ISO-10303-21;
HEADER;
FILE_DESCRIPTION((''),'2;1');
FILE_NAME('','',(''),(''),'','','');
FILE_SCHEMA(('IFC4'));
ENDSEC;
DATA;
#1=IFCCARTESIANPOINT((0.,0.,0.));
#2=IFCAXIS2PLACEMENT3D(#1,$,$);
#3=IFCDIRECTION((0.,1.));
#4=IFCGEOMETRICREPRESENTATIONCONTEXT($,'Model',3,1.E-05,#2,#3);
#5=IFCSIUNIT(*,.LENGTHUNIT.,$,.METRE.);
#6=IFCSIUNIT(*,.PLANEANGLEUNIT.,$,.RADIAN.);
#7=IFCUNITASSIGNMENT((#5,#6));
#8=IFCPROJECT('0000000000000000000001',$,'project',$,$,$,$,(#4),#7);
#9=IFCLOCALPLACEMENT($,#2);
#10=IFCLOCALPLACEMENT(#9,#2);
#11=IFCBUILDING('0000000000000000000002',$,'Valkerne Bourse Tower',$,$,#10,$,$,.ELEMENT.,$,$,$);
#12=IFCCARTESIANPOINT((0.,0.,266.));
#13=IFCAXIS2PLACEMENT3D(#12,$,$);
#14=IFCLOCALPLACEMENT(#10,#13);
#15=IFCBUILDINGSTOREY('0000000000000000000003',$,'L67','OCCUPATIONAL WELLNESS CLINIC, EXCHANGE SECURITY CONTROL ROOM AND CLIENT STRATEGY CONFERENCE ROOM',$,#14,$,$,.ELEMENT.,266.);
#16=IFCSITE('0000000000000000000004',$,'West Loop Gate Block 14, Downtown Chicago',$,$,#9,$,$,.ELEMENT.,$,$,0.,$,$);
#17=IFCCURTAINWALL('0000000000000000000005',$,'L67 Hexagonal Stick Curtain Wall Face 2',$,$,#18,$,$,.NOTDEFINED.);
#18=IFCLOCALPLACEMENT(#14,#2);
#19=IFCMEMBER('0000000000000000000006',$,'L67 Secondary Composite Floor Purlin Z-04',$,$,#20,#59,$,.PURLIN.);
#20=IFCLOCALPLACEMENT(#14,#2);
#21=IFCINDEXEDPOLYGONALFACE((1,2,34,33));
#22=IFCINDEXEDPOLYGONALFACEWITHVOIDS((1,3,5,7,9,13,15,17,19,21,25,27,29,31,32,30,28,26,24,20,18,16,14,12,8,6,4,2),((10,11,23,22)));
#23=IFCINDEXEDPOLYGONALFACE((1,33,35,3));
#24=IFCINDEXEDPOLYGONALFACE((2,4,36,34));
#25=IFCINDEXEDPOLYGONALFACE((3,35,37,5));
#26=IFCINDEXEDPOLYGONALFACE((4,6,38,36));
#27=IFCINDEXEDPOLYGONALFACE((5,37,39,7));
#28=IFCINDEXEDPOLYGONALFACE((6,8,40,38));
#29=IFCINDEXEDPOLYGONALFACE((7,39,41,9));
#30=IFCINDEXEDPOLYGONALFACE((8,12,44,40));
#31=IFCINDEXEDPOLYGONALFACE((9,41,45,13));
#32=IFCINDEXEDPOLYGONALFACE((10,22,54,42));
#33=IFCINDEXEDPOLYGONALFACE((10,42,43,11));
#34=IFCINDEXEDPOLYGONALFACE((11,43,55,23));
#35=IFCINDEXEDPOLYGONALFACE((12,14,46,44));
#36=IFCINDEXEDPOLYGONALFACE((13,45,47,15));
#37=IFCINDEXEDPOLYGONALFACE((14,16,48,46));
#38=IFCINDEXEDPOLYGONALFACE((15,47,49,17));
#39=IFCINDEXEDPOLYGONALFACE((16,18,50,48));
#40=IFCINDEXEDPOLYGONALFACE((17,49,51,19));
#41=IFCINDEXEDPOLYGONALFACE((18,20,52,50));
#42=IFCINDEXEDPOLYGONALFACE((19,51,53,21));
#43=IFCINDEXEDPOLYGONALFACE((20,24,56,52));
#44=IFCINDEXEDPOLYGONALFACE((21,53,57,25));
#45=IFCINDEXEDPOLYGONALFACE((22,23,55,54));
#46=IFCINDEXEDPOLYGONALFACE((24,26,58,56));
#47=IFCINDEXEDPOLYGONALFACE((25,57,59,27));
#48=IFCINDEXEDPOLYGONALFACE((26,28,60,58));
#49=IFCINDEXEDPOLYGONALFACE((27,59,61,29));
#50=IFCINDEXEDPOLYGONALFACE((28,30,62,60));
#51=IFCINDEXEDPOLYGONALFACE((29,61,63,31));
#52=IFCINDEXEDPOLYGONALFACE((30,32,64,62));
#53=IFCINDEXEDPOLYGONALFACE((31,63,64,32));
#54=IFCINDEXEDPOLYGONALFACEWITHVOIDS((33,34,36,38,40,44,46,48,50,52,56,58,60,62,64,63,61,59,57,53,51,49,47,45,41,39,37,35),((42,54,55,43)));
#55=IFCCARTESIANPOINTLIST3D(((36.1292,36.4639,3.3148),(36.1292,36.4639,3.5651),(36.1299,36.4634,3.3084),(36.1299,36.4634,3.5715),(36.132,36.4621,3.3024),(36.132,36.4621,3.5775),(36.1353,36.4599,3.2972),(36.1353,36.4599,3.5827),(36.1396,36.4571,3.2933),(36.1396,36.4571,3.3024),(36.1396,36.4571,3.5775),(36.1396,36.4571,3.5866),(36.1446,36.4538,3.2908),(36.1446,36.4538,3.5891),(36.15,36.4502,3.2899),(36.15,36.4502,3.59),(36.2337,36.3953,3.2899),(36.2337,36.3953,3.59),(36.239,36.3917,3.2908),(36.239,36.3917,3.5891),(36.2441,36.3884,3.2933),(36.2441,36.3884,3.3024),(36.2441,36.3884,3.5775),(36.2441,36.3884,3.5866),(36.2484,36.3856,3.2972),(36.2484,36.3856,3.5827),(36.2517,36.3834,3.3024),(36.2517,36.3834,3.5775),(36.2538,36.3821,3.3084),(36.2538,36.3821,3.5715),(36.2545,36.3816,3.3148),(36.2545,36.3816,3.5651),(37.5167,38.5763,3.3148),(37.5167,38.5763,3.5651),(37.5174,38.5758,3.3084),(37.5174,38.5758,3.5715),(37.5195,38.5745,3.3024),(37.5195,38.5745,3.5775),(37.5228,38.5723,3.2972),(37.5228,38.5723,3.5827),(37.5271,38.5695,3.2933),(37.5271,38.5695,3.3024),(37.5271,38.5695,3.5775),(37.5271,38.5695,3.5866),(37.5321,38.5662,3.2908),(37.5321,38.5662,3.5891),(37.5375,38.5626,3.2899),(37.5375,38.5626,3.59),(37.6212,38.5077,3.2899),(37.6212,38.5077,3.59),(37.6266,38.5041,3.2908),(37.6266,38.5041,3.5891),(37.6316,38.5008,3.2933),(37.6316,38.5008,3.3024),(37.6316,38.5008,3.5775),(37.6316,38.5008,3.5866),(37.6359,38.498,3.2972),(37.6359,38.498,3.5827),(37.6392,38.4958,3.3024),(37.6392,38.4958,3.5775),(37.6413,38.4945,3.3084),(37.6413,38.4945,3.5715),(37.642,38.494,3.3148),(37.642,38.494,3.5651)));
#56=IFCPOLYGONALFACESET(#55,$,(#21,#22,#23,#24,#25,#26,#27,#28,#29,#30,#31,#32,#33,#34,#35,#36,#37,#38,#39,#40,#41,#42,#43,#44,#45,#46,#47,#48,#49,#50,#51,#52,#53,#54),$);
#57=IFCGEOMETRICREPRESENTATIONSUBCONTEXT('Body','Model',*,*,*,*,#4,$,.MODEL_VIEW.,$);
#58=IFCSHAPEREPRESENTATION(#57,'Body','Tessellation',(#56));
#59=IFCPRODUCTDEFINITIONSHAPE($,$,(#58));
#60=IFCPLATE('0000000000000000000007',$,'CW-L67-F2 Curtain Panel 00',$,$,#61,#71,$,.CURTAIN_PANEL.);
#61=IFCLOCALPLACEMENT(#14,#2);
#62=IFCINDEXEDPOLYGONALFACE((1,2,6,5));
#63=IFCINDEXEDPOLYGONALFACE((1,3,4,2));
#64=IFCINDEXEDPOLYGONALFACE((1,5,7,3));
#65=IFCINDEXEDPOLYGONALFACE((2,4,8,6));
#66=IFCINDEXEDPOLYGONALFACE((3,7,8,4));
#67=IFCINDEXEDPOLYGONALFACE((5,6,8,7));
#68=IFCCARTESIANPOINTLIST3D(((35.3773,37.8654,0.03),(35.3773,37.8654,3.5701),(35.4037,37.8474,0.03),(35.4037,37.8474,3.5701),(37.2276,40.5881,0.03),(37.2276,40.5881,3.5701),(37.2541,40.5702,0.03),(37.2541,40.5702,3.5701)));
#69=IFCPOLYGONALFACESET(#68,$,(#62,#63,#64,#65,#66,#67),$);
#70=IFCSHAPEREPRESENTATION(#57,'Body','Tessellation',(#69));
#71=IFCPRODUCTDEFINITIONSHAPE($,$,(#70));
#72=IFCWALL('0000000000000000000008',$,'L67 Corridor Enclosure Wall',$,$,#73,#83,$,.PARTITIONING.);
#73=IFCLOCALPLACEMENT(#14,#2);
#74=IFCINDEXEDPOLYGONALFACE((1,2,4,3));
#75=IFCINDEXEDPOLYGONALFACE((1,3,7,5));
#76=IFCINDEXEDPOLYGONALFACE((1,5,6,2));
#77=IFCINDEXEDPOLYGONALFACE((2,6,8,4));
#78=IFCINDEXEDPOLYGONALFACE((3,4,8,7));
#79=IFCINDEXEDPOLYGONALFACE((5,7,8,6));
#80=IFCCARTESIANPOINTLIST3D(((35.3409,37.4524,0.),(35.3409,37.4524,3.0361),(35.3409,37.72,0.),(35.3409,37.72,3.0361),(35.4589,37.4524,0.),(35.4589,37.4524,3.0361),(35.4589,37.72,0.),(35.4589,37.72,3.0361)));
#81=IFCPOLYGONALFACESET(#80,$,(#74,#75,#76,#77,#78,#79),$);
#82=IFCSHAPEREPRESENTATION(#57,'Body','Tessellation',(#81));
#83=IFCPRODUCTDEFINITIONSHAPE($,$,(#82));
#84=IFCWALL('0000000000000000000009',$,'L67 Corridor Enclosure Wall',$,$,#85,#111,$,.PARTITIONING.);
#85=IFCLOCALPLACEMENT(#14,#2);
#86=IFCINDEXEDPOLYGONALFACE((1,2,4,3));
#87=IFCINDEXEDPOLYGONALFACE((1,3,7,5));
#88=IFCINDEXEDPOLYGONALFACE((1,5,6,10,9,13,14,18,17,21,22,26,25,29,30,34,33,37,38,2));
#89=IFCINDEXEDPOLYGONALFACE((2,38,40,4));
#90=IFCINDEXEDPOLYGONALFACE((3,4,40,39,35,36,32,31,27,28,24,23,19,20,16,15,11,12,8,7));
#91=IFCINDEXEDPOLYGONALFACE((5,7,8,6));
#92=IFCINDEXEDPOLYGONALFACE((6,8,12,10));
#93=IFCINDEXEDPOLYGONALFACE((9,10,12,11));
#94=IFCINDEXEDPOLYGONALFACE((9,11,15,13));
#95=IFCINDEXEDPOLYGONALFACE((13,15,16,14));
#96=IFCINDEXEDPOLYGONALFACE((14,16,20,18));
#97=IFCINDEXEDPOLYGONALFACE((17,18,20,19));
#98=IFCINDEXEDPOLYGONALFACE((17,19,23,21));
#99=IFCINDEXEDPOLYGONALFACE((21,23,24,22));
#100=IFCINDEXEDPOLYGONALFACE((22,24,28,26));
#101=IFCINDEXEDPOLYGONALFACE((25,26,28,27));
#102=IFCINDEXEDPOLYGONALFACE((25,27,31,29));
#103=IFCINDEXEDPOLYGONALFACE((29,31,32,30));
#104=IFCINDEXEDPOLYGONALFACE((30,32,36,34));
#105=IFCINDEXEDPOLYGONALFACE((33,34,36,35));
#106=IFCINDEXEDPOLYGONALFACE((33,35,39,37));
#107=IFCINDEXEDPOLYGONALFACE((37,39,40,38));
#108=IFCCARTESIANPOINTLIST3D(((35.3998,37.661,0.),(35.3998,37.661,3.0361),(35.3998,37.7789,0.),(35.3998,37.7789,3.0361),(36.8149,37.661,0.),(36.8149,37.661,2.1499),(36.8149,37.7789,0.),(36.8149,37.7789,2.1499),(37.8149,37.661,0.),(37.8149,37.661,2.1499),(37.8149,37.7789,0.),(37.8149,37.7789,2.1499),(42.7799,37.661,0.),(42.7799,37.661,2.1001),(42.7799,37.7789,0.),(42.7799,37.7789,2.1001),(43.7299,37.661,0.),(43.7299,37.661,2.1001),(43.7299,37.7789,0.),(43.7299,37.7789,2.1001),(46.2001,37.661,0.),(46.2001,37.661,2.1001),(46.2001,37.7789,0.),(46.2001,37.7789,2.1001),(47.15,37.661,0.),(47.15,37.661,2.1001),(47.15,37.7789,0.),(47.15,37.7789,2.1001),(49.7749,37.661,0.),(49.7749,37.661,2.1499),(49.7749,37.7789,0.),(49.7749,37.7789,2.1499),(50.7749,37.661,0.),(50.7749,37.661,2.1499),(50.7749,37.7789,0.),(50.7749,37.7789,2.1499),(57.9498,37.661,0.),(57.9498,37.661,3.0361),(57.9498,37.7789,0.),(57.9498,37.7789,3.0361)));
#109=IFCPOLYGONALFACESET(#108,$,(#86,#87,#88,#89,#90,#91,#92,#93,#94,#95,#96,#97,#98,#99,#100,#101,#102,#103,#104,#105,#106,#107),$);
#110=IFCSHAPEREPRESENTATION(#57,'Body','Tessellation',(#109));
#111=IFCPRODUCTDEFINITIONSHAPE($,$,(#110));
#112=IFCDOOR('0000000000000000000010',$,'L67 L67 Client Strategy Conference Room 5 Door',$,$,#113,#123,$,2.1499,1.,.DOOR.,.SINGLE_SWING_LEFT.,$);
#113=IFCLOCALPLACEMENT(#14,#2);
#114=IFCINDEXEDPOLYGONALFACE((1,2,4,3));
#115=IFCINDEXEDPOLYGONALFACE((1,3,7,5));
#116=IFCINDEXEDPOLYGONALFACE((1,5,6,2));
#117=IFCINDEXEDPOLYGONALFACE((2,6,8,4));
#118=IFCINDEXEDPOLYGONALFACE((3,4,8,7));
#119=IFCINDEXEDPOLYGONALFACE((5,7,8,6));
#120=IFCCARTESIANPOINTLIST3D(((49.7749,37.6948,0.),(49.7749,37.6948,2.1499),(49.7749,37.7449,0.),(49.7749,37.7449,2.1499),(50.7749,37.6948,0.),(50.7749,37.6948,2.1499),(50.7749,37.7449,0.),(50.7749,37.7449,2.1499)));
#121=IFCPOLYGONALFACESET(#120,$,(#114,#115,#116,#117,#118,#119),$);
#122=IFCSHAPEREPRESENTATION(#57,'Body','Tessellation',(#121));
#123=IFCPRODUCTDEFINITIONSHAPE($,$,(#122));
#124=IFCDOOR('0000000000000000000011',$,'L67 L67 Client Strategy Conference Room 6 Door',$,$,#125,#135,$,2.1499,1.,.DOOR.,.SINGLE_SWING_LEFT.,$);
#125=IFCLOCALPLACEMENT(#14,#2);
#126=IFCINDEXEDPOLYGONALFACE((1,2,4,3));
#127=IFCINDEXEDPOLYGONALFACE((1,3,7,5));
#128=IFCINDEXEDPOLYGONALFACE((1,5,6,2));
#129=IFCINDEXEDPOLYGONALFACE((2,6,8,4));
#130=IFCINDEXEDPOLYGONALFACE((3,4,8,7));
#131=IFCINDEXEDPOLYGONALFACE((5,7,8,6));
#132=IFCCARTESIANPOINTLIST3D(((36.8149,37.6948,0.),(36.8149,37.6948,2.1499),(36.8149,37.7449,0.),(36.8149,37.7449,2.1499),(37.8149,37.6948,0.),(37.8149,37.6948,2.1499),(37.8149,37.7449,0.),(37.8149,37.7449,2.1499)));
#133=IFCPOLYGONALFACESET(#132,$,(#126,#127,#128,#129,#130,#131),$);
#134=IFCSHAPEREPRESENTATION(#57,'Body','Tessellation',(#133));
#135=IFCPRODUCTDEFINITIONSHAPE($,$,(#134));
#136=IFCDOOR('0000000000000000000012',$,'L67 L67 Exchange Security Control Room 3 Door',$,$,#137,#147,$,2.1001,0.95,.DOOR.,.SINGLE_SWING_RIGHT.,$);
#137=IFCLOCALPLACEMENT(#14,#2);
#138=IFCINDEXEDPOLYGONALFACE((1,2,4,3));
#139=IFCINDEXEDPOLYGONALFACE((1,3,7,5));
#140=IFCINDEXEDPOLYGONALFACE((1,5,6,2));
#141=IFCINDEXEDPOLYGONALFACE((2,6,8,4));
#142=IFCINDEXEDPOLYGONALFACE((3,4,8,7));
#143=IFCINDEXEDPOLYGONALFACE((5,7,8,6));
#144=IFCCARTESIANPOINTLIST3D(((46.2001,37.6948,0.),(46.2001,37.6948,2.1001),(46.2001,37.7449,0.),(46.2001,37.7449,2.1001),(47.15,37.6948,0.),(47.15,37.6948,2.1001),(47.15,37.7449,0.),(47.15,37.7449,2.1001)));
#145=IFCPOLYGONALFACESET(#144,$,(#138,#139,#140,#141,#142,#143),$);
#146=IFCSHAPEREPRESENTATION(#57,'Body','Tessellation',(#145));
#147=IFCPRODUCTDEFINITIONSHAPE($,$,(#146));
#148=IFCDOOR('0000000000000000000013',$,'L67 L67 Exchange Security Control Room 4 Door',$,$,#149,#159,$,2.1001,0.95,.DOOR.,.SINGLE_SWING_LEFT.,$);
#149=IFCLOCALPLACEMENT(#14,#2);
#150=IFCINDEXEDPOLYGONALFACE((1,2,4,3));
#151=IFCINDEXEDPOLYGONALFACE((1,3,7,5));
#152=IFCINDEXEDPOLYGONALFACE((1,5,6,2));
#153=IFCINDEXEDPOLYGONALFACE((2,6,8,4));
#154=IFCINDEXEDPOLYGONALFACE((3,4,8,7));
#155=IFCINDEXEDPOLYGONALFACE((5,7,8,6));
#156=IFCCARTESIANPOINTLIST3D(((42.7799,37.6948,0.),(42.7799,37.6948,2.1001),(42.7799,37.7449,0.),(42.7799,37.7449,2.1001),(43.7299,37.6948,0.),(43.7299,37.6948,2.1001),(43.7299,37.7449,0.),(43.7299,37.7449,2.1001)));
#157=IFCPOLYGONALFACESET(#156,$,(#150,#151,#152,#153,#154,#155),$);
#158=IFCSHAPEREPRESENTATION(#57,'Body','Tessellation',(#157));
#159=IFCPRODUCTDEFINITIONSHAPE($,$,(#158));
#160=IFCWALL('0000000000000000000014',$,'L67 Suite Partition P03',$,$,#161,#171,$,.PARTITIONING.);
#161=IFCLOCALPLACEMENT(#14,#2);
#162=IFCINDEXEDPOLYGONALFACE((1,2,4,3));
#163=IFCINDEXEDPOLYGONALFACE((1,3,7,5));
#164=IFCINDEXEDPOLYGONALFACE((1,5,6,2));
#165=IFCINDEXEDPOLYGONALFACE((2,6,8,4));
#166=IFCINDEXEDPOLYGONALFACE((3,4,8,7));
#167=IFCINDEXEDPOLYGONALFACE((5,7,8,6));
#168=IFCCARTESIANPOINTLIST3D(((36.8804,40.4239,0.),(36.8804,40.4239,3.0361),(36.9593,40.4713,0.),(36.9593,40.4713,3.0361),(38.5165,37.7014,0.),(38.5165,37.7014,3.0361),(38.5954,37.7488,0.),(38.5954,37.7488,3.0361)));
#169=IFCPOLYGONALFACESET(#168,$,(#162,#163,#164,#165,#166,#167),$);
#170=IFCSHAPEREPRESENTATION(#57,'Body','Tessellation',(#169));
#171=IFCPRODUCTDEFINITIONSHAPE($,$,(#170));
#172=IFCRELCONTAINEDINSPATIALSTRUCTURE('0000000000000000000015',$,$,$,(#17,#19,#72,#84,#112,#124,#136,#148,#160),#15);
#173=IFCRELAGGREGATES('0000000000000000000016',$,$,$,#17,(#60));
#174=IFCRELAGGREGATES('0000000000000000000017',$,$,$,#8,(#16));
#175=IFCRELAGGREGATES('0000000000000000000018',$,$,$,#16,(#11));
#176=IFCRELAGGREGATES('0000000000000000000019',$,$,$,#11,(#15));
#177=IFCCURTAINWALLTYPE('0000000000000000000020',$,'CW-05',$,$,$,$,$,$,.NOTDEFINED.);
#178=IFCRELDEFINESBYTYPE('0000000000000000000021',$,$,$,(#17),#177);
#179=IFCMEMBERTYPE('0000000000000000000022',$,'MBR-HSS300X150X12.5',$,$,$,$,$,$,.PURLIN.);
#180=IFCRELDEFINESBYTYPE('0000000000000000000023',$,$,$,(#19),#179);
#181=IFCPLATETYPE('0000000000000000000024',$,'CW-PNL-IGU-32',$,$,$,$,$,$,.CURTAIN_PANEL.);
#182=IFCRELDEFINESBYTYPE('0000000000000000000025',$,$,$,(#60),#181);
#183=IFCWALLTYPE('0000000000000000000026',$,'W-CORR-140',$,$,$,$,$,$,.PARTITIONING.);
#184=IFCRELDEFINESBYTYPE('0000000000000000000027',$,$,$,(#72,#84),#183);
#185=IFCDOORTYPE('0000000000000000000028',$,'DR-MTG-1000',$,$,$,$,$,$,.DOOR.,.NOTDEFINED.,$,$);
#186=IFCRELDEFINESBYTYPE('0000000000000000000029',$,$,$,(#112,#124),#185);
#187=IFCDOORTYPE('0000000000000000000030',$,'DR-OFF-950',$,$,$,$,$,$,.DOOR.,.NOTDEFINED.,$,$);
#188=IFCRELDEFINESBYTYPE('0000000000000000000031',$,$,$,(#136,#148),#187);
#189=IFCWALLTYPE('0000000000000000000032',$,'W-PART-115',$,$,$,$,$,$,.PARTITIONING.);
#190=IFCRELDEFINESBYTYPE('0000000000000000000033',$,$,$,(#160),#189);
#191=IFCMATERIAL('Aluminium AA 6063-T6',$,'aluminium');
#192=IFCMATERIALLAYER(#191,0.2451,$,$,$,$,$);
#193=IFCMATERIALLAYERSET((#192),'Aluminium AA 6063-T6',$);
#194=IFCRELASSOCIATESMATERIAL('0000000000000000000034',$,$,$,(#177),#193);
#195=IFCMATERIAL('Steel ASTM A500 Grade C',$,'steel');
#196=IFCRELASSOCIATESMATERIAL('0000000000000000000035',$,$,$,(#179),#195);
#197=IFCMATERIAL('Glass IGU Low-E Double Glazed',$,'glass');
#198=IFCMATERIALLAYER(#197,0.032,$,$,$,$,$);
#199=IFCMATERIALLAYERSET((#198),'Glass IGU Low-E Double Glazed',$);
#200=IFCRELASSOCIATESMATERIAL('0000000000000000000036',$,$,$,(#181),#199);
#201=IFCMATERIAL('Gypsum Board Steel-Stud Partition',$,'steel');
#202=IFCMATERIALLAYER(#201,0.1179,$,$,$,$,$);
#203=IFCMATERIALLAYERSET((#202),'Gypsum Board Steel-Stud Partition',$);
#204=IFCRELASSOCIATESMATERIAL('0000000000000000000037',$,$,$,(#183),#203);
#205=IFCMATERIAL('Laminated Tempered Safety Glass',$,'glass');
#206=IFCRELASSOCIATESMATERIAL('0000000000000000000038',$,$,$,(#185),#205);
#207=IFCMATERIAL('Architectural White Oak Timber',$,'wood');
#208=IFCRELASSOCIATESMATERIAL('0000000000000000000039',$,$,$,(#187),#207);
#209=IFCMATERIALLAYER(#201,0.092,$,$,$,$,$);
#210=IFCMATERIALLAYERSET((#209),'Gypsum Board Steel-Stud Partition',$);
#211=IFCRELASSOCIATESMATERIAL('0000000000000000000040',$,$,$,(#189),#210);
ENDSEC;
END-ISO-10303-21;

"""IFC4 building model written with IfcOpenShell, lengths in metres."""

from ifc_helpers import new_model, si_unit, direction, frame, frame_2d, origin, origin_2d, place, context, subcontext, project, spatial, rectangle, hollow_rectangle, extrude, material, layer, layer_set, material_profile, profile_set, type_object, element, fill, aggregate, save


model = new_model("IFC4")

# Units and contexts
model_context = context("Model", 3, precision=1e-05, world=origin(), true_north=direction((0.0, 1.0)))
body_context = subcontext(model_context, "Body", "Model", "MODEL_VIEW")
ifc_project = project(units=[si_unit("LENGTHUNIT", "METRE"), si_unit("PLANEANGLEUNIT", "RADIAN")], contexts=[model_context])

# Site, building, storey
site_placement = place(None, origin())
site = spatial("IfcSite", under=ifc_project, at=site_placement, Name="West Loop Gate Block 14, Downtown Chicago", CompositionType="ELEMENT", RefElevation=0.0)
building_placement = place(site_placement, origin())
building = spatial("IfcBuilding", under=site, at=building_placement, Name="Valkerne Bourse Tower", CompositionType="ELEMENT")
storey_placement = place(building_placement, frame((0.0, 0.0, 266.0)))
storey = spatial("IfcBuildingStorey", under=building, at=storey_placement, Name="L67", Description="OCCUPATIONAL WELLNESS CLINIC, EXCHANGE SECURITY CONTROL ROOM AND CLIENT STRATEGY CONFERENCE ROOM", CompositionType="ELEMENT", Elevation=266.0)

# Curtain wall
ifc_material_1 = material(Name="Aluminium AA 6063-T6", Category="aluminium")
ifc_layer_1 = layer(ifc_material_1, 0.2451)
ifc_layer_set_1 = layer_set([ifc_layer_1], Name="Aluminium AA 6063-T6")
curtain_wall_type = type_object("IfcCurtainWallType", Name="CW-05", PredefinedType="NOTDEFINED", material=ifc_layer_set_1)
curtain_wall_placement = place(storey_placement, origin())
curtain_wall = element("IfcCurtainWall", 1, at=curtain_wall_placement, inside=storey, type_object=curtain_wall_type, Name="L67 Hexagonal Stick Curtain Wall Face 2", PredefinedType="NOTDEFINED")

# Member
ifc_material_2 = material(Name="Steel ASTM A500 Grade C", Category="steel")
ifc_material_profile_1 = material_profile(ifc_material_2, hollow_rectangle(XDim=0.1499, YDim=0.3, WallThickness=0.0125, OuterFilletRadius=0.0249, at=origin_2d()), Name="HSS300X150X12.5")
ifc_profile_set_1 = profile_set([ifc_material_profile_1], Name="Steel ASTM A500 Grade C")
member_type_1 = type_object("IfcMemberType", Name="MBR-HSS300X150X12.5", PredefinedType="PURLIN", material=ifc_profile_set_1)
member_1_placement = place(storey_placement, frame((37.5793, 38.5352, 3.4399), z_axis=(-0.549002, -0.835821, 0.0), x_axis=(0.835821, -0.549002, 0.0)))
element("IfcMember", 2, at=member_1_placement, inside=storey, type_object=member_type_1, Name="L67 Secondary Composite Floor Purlin Z-04", PredefinedType="PURLIN", context=body_context, shape_type="SweptSolid", body=[
    extrude(hollow_rectangle(XDim=0.1499, YDim=0.3, WallThickness=0.0125, OuterFilletRadius=0.0249, at=origin_2d()), origin(), (0.0, 0.0, 1.0), 2.5273),
])

# Plate
ifc_material_3 = material(Name="Glass IGU Low-E Double Glazed", Category="glass")
ifc_layer_2 = layer(ifc_material_3, 0.032)
ifc_layer_set_2 = layer_set([ifc_layer_2], Name="Glass IGU Low-E Double Glazed")
plate_type = type_object("IfcPlateType", Name="CW-PNL-IGU-32", PredefinedType="CURTAIN_PANEL", material=ifc_layer_set_2)
plate_placement = place(storey_placement, frame((36.3157, 39.2178, 0.03), z_axis=(0.0, 0.0, 1.0), x_axis=(-0.56208, -0.827083, 0.0)))
plate = element("IfcPlate", 3, at=plate_placement, type_object=plate_type, Name="CW-L67-F2 Curtain Panel 00", PredefinedType="CURTAIN_PANEL", context=body_context, shape_type="SweptSolid", body=[
    extrude(rectangle(XDim=3.292, YDim=0.032, at=origin_2d()), origin(), (0.0, 0.0, 1.0), 3.54),
])
aggregate(curtain_wall, [plate])

# Wall
ifc_material_4 = material(Name="Gypsum Board Steel-Stud Partition", Category="steel")
ifc_layer_3 = layer(ifc_material_4, 0.1179)
ifc_layer_set_3 = layer_set([ifc_layer_3], Name="Gypsum Board Steel-Stud Partition")
wall_type_1 = type_object("IfcWallType", Name="W-CORR-140", PredefinedType="PARTITIONING", material=ifc_layer_set_3)
wall_1_placement = place(storey_placement, frame((35.3999, 37.4524, 0.0), z_axis=(0.0, 0.0, 1.0), x_axis=(0.0, 1.0, 0.0)))
element("IfcWall", 4, at=wall_1_placement, inside=storey, type_object=wall_type_1, Name="L67 Corridor Enclosure Wall", PredefinedType="PARTITIONING", context=body_context, shape_type="SweptSolid", body=[
    extrude(rectangle(XDim=0.2676, YDim=0.1179, at=frame_2d((0.1338, 0.0))), origin(), (0.0, 0.0, 1.0), 3.0361),
])

# Wall, openings, doors
wall_2_placement = place(storey_placement, frame((35.3999, 37.72, 0.0), z_axis=(0.0, 0.0, 1.0), x_axis=(1.0, 0.0, 0.0)))
wall_2 = element("IfcWall", 5, at=wall_2_placement, inside=storey, type_object=wall_type_1, Name="L67 Corridor Enclosure Wall", PredefinedType="PARTITIONING", context=body_context, shape_type="SweptSolid", body=[
    extrude(rectangle(XDim=22.55, YDim=0.1179, at=frame_2d((11.2749, 0.0))), origin(), (0.0, 0.0, 1.0), 3.0361),
])
opening_1_placement = place(wall_2_placement, frame((10.8, 0.0, 0.0)))
opening_1 = element("IfcOpeningElement", 6, at=opening_1_placement, cuts=wall_2, PredefinedType="OPENING", context=body_context, shape_type="SweptSolid", body=[
    extrude(rectangle(XDim=0.95, YDim=2.1001, at=frame_2d((0.4751, 1.05))), frame((0.0, 0.0688, 0.0), z_axis=(0.0, -1.0, 0.0), x_axis=(1.0, 0.0, 0.0)), (0.0, 0.0, 1.0), 0.1379),
])
opening_2_placement = place(wall_2_placement, frame((7.3799, 0.0, 0.0)))
opening_2 = element("IfcOpeningElement", 7, at=opening_2_placement, cuts=wall_2, PredefinedType="OPENING", context=body_context, shape_type="SweptSolid", body=[
    extrude(rectangle(XDim=0.95, YDim=2.1001, at=frame_2d((0.4751, 1.05))), frame((0.0, 0.0688, 0.0), z_axis=(0.0, -1.0, 0.0), x_axis=(1.0, 0.0, 0.0)), (0.0, 0.0, 1.0), 0.1379),
])
opening_3_placement = place(wall_2_placement, frame((14.375, 0.0, 0.0)))
opening_3 = element("IfcOpeningElement", 8, at=opening_3_placement, cuts=wall_2, PredefinedType="OPENING", context=body_context, shape_type="SweptSolid", body=[
    extrude(rectangle(XDim=1.0, YDim=2.1499, at=frame_2d((0.5, 1.075))), frame((0.0, 0.0688, 0.0), z_axis=(0.0, -1.0, 0.0), x_axis=(1.0, 0.0, 0.0)), (0.0, 0.0, 1.0), 0.1379),
])
opening_4_placement = place(wall_2_placement, frame((1.415, 0.0, 0.0)))
opening_4 = element("IfcOpeningElement", 9, at=opening_4_placement, cuts=wall_2, PredefinedType="OPENING", context=body_context, shape_type="SweptSolid", body=[
    extrude(rectangle(XDim=1.0, YDim=2.1499, at=frame_2d((0.5, 1.075))), frame((0.0, 0.0688, 0.0), z_axis=(0.0, -1.0, 0.0), x_axis=(1.0, 0.0, 0.0)), (0.0, 0.0, 1.0), 0.1379),
])
ifc_material_5 = material(Name="Laminated Tempered Safety Glass", Category="glass")
door_type_1 = type_object("IfcDoorType", Name="DR-MTG-1000", OperationType="NOTDEFINED", PredefinedType="DOOR", material=ifc_material_5)
door_1_placement = place(opening_3_placement, origin())
door_1 = element("IfcDoor", 10, at=door_1_placement, inside=storey, type_object=door_type_1, Name="L67 L67 Client Strategy Conference Room 5 Door", OperationType="SINGLE_SWING_LEFT", OverallHeight=2.1499, OverallWidth=1.0, PredefinedType="DOOR", context=body_context, shape_type="SweptSolid", body=[
    extrude(rectangle(XDim=1.0, YDim=2.1499, at=frame_2d((0.5, 1.075))), frame((0.0, 0.0249, 0.0), z_axis=(0.0, -1.0, 0.0), x_axis=(1.0, 0.0, 0.0)), (0.0, 0.0, 1.0), 0.05),
])
fill(opening_3, door_1)
door_2_placement = place(opening_4_placement, origin())
door_2 = element("IfcDoor", 11, at=door_2_placement, inside=storey, type_object=door_type_1, Name="L67 L67 Client Strategy Conference Room 6 Door", OperationType="SINGLE_SWING_LEFT", OverallHeight=2.1499, OverallWidth=1.0, PredefinedType="DOOR", context=body_context, shape_type="SweptSolid", body=[
    extrude(rectangle(XDim=1.0, YDim=2.1499, at=frame_2d((0.5, 1.075))), frame((0.0, 0.0249, 0.0), z_axis=(0.0, -1.0, 0.0), x_axis=(1.0, 0.0, 0.0)), (0.0, 0.0, 1.0), 0.05),
])
fill(opening_4, door_2)
ifc_material_6 = material(Name="Architectural White Oak Timber", Category="wood")
door_type_2 = type_object("IfcDoorType", Name="DR-OFF-950", OperationType="NOTDEFINED", PredefinedType="DOOR", material=ifc_material_6)
door_3_placement = place(opening_1_placement, origin())
door_3 = element("IfcDoor", 12, at=door_3_placement, inside=storey, type_object=door_type_2, Name="L67 L67 Exchange Security Control Room 3 Door", OperationType="SINGLE_SWING_RIGHT", OverallHeight=2.1001, OverallWidth=0.95, PredefinedType="DOOR", context=body_context, shape_type="SweptSolid", body=[
    extrude(rectangle(XDim=0.95, YDim=2.1001, at=frame_2d((0.4751, 1.05))), frame((0.0, 0.0249, 0.0), z_axis=(0.0, -1.0, 0.0), x_axis=(1.0, 0.0, 0.0)), (0.0, 0.0, 1.0), 0.05),
])
fill(opening_1, door_3)
door_4_placement = place(opening_2_placement, origin())
door_4 = element("IfcDoor", 13, at=door_4_placement, inside=storey, type_object=door_type_2, Name="L67 L67 Exchange Security Control Room 4 Door", OperationType="SINGLE_SWING_LEFT", OverallHeight=2.1001, OverallWidth=0.95, PredefinedType="DOOR", context=body_context, shape_type="SweptSolid", body=[
    extrude(rectangle(XDim=0.95, YDim=2.1001, at=frame_2d((0.4751, 1.05))), frame((0.0, 0.0249, 0.0), z_axis=(0.0, -1.0, 0.0), x_axis=(1.0, 0.0, 0.0)), (0.0, 0.0, 1.0), 0.05),
])
fill(opening_2, door_4)

# Wall
ifc_layer_4 = layer(ifc_material_4, 0.092)
ifc_layer_set_4 = layer_set([ifc_layer_4], Name="Gypsum Board Steel-Stud Partition")
wall_type_2 = type_object("IfcWallType", Name="W-PART-115", PredefinedType="PARTITIONING", material=ifc_layer_set_4)
wall_3_placement = place(storey_placement, frame((38.5559, 37.7251, 0.0), z_axis=(0.0, 0.0, 1.0), x_axis=(-0.515083, 0.85714, 0.0)))
element("IfcWall", 14, at=wall_3_placement, inside=storey, type_object=wall_type_2, Name="L67 Suite Partition P03", PredefinedType="PARTITIONING", context=body_context, shape_type="SweptSolid", body=[
    extrude(rectangle(XDim=3.1763, YDim=0.092, at=frame_2d((1.5881, 0.0))), origin(), (0.0, 0.0, 1.0), 3.0361),
])

save(model, "model.ifc")
